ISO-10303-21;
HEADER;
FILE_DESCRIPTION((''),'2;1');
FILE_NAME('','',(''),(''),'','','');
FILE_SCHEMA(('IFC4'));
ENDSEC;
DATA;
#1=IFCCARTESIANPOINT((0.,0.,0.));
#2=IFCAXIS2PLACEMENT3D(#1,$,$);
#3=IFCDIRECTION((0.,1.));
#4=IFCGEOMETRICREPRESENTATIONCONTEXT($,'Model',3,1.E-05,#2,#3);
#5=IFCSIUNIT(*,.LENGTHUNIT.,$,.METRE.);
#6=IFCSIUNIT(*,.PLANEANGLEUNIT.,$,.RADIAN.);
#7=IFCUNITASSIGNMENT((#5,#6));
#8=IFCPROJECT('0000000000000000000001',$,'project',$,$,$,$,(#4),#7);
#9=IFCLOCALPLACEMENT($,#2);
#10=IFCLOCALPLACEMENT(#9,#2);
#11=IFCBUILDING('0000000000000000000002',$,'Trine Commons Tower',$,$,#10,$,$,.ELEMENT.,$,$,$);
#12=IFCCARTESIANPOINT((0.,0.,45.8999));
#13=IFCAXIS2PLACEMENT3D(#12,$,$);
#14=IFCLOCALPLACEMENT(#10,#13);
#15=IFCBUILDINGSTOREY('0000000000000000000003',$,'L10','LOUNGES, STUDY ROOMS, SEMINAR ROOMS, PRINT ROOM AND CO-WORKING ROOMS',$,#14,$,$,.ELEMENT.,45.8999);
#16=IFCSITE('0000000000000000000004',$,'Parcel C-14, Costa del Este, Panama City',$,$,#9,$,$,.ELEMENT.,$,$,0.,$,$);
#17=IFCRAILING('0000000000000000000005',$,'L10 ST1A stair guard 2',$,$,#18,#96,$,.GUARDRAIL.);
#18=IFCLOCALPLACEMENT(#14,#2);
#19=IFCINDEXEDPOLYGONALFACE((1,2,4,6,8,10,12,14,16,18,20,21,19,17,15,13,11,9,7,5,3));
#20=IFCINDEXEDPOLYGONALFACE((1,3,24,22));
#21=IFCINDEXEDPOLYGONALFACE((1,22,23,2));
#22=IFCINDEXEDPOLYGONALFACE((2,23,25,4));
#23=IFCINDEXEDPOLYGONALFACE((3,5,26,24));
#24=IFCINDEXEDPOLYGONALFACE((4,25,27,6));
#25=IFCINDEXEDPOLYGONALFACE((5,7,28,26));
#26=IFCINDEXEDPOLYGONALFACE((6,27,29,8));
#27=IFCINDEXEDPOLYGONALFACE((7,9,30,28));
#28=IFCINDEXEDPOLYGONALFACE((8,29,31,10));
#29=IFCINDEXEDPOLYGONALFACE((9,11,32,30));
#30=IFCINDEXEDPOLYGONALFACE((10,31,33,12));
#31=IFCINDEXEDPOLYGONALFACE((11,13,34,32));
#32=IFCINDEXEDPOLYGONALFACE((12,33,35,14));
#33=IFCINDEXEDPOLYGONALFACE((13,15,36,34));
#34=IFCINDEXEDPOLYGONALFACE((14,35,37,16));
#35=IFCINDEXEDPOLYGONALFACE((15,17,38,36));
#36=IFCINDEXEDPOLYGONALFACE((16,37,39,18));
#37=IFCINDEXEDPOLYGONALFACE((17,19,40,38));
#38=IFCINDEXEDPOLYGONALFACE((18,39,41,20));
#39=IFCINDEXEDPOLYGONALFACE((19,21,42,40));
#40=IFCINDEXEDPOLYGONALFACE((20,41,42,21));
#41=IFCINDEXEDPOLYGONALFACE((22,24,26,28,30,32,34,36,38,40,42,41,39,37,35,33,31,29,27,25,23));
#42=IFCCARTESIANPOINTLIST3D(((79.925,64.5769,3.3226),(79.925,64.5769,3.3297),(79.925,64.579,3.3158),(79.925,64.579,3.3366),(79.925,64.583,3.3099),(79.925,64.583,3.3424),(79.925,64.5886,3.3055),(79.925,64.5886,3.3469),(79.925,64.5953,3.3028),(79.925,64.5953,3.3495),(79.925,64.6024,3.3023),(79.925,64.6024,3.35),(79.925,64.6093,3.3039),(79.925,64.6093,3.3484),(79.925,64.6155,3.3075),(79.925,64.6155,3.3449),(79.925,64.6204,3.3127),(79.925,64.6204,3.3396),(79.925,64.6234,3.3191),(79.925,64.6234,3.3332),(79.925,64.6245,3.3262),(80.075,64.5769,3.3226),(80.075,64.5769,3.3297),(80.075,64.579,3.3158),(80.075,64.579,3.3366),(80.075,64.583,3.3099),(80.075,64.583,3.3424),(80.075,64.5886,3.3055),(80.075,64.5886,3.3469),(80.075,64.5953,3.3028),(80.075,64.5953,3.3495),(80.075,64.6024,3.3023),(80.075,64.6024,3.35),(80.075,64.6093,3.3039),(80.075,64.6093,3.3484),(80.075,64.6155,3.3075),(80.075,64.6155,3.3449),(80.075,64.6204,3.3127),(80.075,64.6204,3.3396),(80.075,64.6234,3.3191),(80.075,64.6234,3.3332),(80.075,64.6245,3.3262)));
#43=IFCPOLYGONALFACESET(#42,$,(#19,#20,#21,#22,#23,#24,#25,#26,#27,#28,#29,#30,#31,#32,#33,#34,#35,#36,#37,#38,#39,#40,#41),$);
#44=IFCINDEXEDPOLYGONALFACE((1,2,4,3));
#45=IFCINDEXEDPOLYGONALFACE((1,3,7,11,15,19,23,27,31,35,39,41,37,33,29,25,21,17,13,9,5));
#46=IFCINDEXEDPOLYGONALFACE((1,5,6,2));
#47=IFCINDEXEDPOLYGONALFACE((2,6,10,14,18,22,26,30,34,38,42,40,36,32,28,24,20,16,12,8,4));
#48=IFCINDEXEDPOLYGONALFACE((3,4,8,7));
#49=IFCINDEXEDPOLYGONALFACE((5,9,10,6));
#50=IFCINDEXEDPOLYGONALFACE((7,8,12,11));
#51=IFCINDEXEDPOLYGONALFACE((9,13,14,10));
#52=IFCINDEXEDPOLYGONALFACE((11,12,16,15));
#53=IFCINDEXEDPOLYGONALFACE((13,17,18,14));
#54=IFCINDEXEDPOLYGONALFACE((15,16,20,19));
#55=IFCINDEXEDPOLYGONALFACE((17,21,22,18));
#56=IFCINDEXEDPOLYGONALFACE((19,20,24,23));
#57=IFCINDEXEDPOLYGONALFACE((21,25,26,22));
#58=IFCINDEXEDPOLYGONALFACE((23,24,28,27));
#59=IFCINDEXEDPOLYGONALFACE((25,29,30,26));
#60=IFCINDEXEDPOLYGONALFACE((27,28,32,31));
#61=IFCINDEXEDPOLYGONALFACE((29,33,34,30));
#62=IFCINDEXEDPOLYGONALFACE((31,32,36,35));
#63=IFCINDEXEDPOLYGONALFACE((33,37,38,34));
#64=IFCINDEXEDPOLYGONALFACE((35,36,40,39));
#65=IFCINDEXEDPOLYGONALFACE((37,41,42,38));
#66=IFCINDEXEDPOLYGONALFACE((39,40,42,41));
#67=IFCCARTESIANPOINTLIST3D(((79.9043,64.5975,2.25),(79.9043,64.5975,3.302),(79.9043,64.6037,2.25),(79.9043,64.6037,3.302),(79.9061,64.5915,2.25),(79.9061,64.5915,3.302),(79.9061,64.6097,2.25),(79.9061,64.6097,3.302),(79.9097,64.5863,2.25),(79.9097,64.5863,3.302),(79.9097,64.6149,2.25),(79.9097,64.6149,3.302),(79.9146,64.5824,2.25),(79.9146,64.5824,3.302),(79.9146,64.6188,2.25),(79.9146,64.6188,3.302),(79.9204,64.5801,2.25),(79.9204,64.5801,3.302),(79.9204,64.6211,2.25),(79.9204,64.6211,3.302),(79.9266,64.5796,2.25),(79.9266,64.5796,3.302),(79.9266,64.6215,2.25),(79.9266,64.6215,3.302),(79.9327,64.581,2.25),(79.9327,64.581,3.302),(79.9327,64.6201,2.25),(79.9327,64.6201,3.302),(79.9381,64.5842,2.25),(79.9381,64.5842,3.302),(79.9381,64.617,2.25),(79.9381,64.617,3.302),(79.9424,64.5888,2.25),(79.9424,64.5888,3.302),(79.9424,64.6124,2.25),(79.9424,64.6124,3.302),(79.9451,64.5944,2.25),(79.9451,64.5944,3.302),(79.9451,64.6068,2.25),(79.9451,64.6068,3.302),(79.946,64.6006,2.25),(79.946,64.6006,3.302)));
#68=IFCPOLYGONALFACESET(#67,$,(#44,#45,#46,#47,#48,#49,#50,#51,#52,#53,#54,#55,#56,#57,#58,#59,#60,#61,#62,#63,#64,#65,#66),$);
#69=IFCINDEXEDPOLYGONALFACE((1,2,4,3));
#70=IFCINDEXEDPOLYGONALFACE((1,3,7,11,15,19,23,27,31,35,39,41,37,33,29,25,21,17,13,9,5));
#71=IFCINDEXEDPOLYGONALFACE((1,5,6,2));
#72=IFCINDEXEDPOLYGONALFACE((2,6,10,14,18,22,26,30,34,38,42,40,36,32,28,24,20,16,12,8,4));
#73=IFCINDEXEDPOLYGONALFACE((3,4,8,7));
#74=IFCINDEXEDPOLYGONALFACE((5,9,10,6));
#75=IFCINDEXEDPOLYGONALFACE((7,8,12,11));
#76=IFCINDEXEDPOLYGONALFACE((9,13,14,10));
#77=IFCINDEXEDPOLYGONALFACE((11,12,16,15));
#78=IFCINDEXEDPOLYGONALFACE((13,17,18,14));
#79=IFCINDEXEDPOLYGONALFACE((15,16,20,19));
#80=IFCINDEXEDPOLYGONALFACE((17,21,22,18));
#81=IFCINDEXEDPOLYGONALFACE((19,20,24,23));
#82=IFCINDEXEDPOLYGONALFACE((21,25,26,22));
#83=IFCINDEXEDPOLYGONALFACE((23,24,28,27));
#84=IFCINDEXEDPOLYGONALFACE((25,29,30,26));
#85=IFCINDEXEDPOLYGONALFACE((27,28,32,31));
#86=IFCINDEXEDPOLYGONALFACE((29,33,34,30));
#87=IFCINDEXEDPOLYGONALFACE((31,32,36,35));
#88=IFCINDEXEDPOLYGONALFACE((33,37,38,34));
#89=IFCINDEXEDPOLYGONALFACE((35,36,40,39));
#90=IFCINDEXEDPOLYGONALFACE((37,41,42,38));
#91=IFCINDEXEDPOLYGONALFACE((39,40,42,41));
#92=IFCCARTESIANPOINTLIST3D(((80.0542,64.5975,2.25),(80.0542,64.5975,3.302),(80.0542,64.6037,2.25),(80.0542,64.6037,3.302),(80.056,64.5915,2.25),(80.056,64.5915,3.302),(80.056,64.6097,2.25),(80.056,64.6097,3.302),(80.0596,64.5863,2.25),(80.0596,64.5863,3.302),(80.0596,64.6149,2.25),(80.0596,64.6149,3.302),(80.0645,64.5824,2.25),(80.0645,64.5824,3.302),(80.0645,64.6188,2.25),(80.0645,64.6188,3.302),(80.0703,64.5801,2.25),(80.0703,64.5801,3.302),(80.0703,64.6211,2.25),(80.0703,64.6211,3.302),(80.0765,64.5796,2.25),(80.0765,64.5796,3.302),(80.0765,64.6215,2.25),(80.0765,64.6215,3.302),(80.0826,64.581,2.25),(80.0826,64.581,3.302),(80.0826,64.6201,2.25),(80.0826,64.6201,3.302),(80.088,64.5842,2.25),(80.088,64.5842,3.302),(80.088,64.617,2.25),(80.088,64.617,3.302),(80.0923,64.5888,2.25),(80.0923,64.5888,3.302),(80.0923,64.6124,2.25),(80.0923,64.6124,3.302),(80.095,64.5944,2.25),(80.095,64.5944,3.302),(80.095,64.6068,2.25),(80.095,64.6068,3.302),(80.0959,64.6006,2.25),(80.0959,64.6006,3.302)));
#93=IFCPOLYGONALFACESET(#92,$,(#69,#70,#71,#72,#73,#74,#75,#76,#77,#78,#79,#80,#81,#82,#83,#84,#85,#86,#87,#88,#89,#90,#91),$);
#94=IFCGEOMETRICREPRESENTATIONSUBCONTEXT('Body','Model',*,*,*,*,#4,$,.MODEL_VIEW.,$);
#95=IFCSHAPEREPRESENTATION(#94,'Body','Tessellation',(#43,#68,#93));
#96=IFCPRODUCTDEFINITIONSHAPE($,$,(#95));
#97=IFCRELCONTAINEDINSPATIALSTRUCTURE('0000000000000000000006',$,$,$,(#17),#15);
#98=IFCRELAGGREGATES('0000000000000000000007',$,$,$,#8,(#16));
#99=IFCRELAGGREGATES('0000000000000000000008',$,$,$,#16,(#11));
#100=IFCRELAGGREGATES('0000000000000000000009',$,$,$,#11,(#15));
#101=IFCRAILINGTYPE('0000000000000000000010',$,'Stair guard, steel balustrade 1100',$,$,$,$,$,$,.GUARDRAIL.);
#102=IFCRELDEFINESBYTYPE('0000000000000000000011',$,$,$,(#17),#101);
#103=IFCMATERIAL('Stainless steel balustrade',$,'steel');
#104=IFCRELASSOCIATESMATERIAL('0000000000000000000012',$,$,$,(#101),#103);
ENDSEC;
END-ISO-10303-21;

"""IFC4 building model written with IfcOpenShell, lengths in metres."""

from ifc_helpers import new_model, si_unit, direction, frame, origin, origin_2d, place, context, subcontext, project, spatial, circle, extrude, material, type_object, element, save


model = new_model("IFC4")

# Units and contexts
model_context = context("Model", 3, precision=1e-05, world=origin(), true_north=direction((0.0, 1.0)))
body_context = subcontext(model_context, "Body", "Model", "MODEL_VIEW")
ifc_project = project(units=[si_unit("LENGTHUNIT", "METRE"), si_unit("PLANEANGLEUNIT", "RADIAN")], contexts=[model_context])

# Site, building, storey
site_placement = place(None, origin())
site = spatial("IfcSite", under=ifc_project, at=site_placement, Name="Parcel C-14, Costa del Este, Panama City", CompositionType="ELEMENT", RefElevation=0.0)
building_placement = place(site_placement, origin())
building = spatial("IfcBuilding", under=site, at=building_placement, Name="Trine Commons Tower", CompositionType="ELEMENT")
storey_placement = place(building_placement, frame((0.0, 0.0, 45.8999)))
storey = spatial("IfcBuildingStorey", under=building, at=storey_placement, Name="L10", Description="LOUNGES, STUDY ROOMS, SEMINAR ROOMS, PRINT ROOM AND CO-WORKING ROOMS", CompositionType="ELEMENT", Elevation=45.8999)

# Railing
ifc_material_1 = material(Name="Stainless steel balustrade", Category="steel")
railing_type_1 = type_object("IfcRailingType", Name="Stair guard, steel balustrade 1100", PredefinedType="GUARDRAIL", material=ifc_material_1)
railing_1_placement = place(storey_placement, frame((79.925, 64.6006, 2.25)))
element("IfcRailing", 1, at=railing_1_placement, inside=storey, type_object=railing_type_1, Name="L10 ST1A stair guard 2", PredefinedType="GUARDRAIL", context=body_context, shape_type="SweptSolid", body=[
    extrude(circle(Radius=0.0239, at=origin_2d()), frame((0.0, 0.0, 1.0762), z_axis=(1.0, 0.0, 0.0), x_axis=(0.0, 1.0, 0.0)), (0.0, 0.0, 1.0), 0.1499),
    extrude(circle(Radius=0.021, at=origin_2d()), origin(), (0.0, 0.0, 1.0), 1.052),
    extrude(circle(Radius=0.021, at=origin_2d()), frame((0.1499, 0.0, 0.0)), (0.0, 0.0, 1.0), 1.052),
])

save(model, "model.ifc")
